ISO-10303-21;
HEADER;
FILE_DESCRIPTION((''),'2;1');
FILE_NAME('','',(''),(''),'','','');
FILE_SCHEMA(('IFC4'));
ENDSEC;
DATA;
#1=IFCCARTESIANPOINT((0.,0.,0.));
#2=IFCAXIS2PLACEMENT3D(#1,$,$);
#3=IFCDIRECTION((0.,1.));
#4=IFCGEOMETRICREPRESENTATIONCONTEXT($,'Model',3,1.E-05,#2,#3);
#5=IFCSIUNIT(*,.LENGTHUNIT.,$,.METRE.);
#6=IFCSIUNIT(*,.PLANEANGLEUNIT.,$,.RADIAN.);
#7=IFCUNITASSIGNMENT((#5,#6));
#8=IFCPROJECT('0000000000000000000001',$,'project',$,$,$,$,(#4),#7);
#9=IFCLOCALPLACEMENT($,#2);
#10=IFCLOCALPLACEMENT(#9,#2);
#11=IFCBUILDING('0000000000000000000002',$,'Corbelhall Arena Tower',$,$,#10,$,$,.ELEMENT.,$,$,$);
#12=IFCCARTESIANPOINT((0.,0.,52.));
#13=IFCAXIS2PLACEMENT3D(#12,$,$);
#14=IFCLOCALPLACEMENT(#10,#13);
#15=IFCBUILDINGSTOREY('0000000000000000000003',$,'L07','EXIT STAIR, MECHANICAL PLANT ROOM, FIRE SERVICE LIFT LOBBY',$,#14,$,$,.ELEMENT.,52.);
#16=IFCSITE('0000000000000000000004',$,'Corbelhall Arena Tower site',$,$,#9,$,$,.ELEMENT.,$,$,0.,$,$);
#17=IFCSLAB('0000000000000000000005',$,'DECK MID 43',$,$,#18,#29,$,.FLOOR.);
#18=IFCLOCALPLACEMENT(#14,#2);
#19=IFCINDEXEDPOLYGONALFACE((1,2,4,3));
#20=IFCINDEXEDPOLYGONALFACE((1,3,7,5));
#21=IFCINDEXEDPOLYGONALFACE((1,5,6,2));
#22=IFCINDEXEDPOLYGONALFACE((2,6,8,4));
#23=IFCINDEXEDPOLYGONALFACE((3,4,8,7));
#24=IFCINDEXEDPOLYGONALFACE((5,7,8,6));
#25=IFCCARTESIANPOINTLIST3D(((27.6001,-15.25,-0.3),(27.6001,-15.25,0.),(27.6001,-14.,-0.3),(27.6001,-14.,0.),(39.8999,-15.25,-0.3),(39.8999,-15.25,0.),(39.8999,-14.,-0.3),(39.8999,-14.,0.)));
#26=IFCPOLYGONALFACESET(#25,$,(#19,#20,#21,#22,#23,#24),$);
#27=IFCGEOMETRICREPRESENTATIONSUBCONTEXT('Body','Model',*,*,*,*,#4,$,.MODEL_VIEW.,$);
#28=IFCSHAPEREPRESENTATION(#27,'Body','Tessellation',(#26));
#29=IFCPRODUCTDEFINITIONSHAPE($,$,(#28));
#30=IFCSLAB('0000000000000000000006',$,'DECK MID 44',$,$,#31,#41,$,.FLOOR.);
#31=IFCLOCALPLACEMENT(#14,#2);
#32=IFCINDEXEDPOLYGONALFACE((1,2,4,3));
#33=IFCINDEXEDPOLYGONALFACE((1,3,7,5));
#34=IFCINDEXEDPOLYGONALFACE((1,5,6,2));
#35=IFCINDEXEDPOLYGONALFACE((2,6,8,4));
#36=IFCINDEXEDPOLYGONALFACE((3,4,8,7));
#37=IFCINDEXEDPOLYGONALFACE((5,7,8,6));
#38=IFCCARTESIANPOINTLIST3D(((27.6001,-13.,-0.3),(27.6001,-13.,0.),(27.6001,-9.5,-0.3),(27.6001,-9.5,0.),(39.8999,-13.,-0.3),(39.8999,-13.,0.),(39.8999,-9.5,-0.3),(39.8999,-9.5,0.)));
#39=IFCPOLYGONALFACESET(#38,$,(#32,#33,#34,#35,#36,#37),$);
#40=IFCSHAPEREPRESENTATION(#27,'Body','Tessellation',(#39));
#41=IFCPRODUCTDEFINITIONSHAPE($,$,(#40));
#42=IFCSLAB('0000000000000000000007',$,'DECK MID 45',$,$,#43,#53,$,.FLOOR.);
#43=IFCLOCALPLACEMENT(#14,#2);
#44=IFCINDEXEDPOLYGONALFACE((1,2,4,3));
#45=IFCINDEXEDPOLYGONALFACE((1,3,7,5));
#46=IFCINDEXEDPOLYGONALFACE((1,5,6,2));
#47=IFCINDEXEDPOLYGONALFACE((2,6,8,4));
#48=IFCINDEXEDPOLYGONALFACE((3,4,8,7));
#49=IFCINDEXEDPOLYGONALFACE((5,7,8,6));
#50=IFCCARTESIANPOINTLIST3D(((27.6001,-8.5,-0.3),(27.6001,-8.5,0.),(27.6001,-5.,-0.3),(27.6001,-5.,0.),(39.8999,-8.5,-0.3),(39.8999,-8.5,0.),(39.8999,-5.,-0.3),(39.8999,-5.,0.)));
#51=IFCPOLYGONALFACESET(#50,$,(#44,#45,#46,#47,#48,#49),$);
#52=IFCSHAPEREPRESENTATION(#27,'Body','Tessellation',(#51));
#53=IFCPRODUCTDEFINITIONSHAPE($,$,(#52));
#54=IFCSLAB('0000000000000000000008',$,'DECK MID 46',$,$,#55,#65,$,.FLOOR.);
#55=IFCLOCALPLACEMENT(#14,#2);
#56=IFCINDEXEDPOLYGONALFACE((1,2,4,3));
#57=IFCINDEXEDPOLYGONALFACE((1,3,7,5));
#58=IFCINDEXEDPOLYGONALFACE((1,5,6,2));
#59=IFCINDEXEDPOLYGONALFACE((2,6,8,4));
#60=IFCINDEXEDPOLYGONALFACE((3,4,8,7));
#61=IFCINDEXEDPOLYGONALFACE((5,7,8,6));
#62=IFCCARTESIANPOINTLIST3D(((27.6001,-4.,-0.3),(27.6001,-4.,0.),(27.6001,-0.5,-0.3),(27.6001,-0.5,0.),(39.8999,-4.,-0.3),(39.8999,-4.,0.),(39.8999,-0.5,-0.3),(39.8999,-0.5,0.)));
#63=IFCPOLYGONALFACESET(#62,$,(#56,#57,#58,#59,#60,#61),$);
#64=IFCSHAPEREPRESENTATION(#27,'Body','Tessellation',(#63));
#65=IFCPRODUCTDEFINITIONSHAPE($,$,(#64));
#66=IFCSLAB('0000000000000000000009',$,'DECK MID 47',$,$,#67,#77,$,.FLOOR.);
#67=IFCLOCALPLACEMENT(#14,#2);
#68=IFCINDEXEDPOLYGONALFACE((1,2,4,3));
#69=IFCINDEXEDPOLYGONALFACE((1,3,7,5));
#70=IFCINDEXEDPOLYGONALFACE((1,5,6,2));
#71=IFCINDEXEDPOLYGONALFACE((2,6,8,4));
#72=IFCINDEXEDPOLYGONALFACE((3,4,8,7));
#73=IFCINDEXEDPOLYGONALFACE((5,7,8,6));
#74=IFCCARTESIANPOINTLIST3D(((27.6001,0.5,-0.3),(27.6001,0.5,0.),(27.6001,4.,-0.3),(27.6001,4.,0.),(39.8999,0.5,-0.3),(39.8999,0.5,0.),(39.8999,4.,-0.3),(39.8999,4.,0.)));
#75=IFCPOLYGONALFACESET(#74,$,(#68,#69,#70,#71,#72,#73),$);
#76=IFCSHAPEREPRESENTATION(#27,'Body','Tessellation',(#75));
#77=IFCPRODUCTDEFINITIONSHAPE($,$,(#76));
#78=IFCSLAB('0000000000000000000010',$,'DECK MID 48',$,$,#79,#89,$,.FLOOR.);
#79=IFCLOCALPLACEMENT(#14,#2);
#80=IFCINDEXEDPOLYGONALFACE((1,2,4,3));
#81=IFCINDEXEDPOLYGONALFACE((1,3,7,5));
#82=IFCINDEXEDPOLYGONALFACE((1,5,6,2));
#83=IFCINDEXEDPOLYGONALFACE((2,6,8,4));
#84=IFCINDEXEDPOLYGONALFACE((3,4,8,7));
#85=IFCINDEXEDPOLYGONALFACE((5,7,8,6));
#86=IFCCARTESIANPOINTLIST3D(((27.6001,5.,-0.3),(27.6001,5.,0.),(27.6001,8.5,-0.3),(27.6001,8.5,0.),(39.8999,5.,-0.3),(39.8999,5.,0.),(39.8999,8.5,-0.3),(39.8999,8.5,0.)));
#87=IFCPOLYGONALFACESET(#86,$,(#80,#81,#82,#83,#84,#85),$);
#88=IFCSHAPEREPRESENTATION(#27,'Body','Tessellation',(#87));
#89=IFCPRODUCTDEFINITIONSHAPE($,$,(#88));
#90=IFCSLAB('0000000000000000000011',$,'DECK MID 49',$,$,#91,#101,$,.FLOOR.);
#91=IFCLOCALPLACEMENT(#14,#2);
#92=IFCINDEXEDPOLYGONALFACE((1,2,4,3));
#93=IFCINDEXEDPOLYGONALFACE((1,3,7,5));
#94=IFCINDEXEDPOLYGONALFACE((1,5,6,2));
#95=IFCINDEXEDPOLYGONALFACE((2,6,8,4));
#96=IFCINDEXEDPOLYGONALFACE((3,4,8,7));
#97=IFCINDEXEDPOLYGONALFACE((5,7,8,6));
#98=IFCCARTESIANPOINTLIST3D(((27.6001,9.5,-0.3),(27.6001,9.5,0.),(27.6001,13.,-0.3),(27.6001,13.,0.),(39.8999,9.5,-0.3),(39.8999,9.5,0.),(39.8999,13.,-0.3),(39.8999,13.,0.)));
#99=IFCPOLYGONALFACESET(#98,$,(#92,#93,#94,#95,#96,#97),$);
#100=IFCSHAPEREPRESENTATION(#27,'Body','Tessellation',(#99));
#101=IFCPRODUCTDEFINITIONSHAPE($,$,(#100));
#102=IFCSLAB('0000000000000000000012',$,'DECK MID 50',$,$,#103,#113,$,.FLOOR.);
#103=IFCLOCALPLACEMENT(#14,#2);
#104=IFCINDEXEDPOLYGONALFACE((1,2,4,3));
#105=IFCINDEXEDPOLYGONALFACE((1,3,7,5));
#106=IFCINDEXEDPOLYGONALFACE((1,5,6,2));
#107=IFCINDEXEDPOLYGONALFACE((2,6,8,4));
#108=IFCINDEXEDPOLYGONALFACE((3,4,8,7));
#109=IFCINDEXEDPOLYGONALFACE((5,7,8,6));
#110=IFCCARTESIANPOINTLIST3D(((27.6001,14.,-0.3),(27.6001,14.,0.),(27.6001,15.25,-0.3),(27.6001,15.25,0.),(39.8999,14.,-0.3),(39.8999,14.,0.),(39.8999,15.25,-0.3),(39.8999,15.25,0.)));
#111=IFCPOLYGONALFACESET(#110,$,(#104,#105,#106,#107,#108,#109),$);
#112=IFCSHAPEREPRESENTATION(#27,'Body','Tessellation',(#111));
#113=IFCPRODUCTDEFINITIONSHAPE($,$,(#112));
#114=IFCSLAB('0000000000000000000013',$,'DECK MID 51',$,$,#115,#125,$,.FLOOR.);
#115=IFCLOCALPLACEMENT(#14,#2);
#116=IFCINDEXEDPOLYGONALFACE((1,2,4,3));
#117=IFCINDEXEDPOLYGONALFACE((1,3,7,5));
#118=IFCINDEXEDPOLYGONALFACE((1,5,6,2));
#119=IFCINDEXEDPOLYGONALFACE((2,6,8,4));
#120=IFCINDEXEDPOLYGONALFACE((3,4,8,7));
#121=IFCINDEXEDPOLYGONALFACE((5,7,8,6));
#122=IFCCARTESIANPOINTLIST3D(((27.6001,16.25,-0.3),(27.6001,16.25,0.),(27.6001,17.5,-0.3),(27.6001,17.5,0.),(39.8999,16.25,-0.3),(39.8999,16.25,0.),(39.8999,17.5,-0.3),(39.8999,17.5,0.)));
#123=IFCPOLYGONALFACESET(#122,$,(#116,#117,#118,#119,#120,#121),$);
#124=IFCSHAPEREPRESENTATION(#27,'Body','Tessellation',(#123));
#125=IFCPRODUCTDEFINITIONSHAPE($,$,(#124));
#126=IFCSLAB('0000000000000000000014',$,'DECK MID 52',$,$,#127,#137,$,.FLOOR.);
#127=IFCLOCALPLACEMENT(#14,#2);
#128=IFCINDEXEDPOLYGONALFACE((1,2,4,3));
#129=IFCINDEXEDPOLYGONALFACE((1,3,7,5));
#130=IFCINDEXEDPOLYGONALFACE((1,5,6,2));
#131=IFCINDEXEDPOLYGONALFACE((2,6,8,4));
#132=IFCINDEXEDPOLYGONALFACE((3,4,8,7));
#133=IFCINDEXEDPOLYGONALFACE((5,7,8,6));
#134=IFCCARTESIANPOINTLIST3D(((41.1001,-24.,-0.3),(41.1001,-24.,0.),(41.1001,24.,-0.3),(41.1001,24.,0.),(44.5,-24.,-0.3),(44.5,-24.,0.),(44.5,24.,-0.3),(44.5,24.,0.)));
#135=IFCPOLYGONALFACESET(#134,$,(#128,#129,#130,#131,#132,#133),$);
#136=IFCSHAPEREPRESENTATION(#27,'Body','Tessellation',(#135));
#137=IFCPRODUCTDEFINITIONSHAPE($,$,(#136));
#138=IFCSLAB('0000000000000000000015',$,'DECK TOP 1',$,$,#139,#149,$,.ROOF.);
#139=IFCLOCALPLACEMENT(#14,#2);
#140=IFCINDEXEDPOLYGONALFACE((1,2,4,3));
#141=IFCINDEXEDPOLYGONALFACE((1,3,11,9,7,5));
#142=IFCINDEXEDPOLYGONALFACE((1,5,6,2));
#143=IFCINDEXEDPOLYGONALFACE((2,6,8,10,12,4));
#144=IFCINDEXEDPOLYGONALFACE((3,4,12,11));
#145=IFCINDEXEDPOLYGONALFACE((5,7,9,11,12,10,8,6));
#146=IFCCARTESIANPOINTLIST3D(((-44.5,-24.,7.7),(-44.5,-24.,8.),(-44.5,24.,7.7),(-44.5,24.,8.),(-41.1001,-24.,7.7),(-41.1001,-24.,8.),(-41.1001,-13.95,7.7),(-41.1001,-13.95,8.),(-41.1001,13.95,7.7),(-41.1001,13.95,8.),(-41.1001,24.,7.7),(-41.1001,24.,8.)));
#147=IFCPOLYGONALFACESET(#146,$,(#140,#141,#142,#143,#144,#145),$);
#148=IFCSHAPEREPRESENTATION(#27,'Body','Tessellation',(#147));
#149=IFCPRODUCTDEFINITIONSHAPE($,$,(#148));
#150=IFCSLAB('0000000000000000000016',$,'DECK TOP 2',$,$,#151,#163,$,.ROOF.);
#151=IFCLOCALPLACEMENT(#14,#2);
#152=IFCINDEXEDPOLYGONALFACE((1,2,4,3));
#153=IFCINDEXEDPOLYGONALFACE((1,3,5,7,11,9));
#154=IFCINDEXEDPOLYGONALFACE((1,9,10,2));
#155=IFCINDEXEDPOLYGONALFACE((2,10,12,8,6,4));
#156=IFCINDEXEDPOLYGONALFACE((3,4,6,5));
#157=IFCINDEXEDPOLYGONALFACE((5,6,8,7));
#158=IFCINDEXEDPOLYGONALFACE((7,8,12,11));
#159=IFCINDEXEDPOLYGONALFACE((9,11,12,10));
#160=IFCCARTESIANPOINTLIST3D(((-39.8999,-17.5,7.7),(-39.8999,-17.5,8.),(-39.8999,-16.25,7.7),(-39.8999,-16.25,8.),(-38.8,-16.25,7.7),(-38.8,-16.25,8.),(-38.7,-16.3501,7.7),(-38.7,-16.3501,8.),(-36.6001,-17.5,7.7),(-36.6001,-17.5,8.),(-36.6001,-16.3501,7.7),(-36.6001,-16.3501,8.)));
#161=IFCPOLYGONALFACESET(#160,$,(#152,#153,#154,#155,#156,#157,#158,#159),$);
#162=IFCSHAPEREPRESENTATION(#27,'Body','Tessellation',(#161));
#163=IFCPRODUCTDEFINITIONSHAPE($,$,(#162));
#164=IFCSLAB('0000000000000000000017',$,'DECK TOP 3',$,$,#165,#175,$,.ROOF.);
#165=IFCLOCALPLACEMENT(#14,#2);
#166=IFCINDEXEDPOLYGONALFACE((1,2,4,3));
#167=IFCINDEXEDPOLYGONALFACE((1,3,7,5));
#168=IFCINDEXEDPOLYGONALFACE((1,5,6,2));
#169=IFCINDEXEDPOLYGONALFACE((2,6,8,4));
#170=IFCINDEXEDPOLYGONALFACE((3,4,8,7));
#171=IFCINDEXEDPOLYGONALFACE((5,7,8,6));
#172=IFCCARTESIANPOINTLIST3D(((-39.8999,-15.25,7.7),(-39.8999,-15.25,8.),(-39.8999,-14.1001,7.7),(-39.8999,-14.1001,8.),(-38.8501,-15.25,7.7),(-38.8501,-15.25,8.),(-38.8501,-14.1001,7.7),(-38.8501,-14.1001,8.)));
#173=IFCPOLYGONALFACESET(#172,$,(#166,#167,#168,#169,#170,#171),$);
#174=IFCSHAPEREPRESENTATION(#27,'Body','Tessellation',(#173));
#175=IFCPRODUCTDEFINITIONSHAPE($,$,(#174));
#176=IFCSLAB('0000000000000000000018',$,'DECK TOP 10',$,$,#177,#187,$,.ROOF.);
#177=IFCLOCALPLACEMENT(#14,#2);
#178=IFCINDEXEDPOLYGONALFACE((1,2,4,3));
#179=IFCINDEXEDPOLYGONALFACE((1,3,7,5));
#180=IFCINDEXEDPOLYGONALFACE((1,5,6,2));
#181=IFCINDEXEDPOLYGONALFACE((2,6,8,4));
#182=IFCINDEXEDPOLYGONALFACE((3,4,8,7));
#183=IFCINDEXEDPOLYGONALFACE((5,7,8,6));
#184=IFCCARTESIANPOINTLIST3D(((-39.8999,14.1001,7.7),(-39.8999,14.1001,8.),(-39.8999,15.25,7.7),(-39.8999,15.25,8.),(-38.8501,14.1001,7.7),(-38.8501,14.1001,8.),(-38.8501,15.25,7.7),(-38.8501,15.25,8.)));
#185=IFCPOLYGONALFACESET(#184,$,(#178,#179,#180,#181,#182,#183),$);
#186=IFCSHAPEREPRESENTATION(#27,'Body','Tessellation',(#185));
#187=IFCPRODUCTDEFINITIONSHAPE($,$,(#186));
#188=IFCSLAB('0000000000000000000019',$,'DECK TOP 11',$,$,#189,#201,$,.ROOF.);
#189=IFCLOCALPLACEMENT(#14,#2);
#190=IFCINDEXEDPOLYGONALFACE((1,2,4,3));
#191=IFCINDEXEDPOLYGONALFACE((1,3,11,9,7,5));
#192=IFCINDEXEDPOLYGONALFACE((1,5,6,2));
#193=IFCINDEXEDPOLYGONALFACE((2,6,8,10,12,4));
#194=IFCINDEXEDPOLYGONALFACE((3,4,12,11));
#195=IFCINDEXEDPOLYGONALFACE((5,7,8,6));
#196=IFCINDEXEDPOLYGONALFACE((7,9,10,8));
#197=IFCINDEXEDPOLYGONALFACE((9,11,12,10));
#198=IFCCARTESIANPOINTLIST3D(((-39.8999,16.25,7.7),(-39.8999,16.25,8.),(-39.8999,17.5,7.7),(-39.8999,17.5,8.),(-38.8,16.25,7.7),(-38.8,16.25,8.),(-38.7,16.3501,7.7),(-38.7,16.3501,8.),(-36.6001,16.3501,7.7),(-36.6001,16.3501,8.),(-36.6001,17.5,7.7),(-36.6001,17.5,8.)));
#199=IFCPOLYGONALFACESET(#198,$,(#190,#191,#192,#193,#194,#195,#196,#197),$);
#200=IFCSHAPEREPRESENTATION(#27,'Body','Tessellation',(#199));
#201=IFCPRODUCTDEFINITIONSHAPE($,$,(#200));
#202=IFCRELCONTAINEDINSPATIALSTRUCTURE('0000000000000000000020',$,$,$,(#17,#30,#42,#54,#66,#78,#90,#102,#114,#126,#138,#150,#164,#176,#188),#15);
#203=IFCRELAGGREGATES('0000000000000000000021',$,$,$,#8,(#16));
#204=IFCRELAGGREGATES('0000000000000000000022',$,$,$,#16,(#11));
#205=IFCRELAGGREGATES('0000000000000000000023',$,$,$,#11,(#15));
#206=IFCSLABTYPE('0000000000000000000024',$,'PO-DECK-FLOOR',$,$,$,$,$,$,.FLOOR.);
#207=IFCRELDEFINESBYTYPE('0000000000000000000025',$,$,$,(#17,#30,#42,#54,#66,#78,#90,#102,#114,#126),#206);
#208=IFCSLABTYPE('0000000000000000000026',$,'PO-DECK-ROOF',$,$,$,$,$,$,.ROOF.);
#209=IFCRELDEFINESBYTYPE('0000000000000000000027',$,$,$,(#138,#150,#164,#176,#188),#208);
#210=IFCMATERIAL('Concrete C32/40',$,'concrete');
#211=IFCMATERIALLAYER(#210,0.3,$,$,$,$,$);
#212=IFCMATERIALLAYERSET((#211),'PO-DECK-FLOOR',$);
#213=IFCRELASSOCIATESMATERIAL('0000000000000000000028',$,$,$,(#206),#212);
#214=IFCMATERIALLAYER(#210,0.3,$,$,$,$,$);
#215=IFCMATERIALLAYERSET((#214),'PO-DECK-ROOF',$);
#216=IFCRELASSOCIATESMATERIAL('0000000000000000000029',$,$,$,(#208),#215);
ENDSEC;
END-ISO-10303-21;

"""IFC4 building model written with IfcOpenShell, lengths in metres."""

from ifc_helpers import new_model, si_unit, direction, frame, origin, place, context, subcontext, project, spatial, polyline, outline, extrude, material, layer, layer_set, type_object, element, save


model = new_model("IFC4")

# Units and contexts
model_context = context("Model", 3, precision=1e-05, world=origin(), true_north=direction((0.0, 1.0)))
body_context = subcontext(model_context, "Body", "Model", "MODEL_VIEW")
ifc_project = project(units=[si_unit("LENGTHUNIT", "METRE"), si_unit("PLANEANGLEUNIT", "RADIAN")], contexts=[model_context])

# Site, building, storey
site_placement = place(None, origin())
site = spatial("IfcSite", under=ifc_project, at=site_placement, Name="Corbelhall Arena Tower site", CompositionType="ELEMENT", RefElevation=0.0)
building_placement = place(site_placement, origin())
building = spatial("IfcBuilding", under=site, at=building_placement, Name="Corbelhall Arena Tower", CompositionType="ELEMENT")
storey_placement = place(building_placement, frame((0.0, 0.0, 52.0)))
storey = spatial("IfcBuildingStorey", under=building, at=storey_placement, Name="L07", Description="EXIT STAIR, MECHANICAL PLANT ROOM, FIRE SERVICE LIFT LOBBY", CompositionType="ELEMENT", Elevation=52.0)

# Slabs
ifc_material = material(Name="Concrete C32/40", Category="concrete")
ifc_layer_1 = layer(ifc_material, 0.3)
ifc_layer_set_1 = layer_set([ifc_layer_1], Name="PO-DECK-FLOOR")
slab_type_1 = type_object("IfcSlabType", Name="PO-DECK-FLOOR", PredefinedType="FLOOR", material=ifc_layer_set_1)
slab_1_placement = place(storey_placement, frame((0.0, 0.0, -0.3)))
element("IfcSlab", 1, at=slab_1_placement, inside=storey, type_object=slab_type_1, Name="DECK MID 43", PredefinedType="FLOOR", context=body_context, shape_type="SweptSolid", body=[
    extrude(outline(polyline([(27.6001, -15.25), (27.6001, -14.0), (39.8999, -14.0), (39.8999, -15.25), (27.6001, -15.25)])), origin(), (0.0, 0.0, 1.0), 0.3),
])
slab_2_placement = place(storey_placement, frame((0.0, 0.0, -0.3)))
element("IfcSlab", 2, at=slab_2_placement, inside=storey, type_object=slab_type_1, Name="DECK MID 44", PredefinedType="FLOOR", context=body_context, shape_type="SweptSolid", body=[
    extrude(outline(polyline([(27.6001, -13.0), (27.6001, -9.5), (39.8999, -9.5), (39.8999, -13.0), (27.6001, -13.0)])), origin(), (0.0, 0.0, 1.0), 0.3),
])
slab_3_placement = place(storey_placement, frame((0.0, 0.0, -0.3)))
element("IfcSlab", 3, at=slab_3_placement, inside=storey, type_object=slab_type_1, Name="DECK MID 45", PredefinedType="FLOOR", context=body_context, shape_type="SweptSolid", body=[
    extrude(outline(polyline([(27.6001, -8.5), (27.6001, -5.0), (39.8999, -5.0), (39.8999, -8.5), (27.6001, -8.5)])), origin(), (0.0, 0.0, 1.0), 0.3),
])
slab_4_placement = place(storey_placement, frame((0.0, 0.0, -0.3)))
element("IfcSlab", 4, at=slab_4_placement, inside=storey, type_object=slab_type_1, Name="DECK MID 46", PredefinedType="FLOOR", context=body_context, shape_type="SweptSolid", body=[
    extrude(outline(polyline([(27.6001, -4.0), (27.6001, -0.5), (39.8999, -0.5), (39.8999, -4.0), (27.6001, -4.0)])), origin(), (0.0, 0.0, 1.0), 0.3),
])
slab_5_placement = place(storey_placement, frame((0.0, 0.0, -0.3)))
element("IfcSlab", 5, at=slab_5_placement, inside=storey, type_object=slab_type_1, Name="DECK MID 47", PredefinedType="FLOOR", context=body_context, shape_type="SweptSolid", body=[
    extrude(outline(polyline([(39.8999, 0.5), (27.6001, 0.5), (27.6001, 4.0), (39.8999, 4.0), (39.8999, 0.5)])), origin(), (0.0, 0.0, 1.0), 0.3),
])
slab_6_placement = place(storey_placement, frame((0.0, 0.0, -0.3)))
element("IfcSlab", 6, at=slab_6_placement, inside=storey, type_object=slab_type_1, Name="DECK MID 48", PredefinedType="FLOOR", context=body_context, shape_type="SweptSolid", body=[
    extrude(outline(polyline([(39.8999, 5.0), (27.6001, 5.0), (27.6001, 8.5), (39.8999, 8.5), (39.8999, 5.0)])), origin(), (0.0, 0.0, 1.0), 0.3),
])
slab_7_placement = place(storey_placement, frame((0.0, 0.0, -0.3)))
element("IfcSlab", 7, at=slab_7_placement, inside=storey, type_object=slab_type_1, Name="DECK MID 49", PredefinedType="FLOOR", context=body_context, shape_type="SweptSolid", body=[
    extrude(outline(polyline([(39.8999, 9.5), (27.6001, 9.5), (27.6001, 13.0), (39.8999, 13.0), (39.8999, 9.5)])), origin(), (0.0, 0.0, 1.0), 0.3),
])
slab_8_placement = place(storey_placement, frame((0.0, 0.0, -0.3)))
element("IfcSlab", 8, at=slab_8_placement, inside=storey, type_object=slab_type_1, Name="DECK MID 50", PredefinedType="FLOOR", context=body_context, shape_type="SweptSolid", body=[
    extrude(outline(polyline([(39.8999, 14.0), (27.6001, 14.0), (27.6001, 15.25), (39.8999, 15.25), (39.8999, 14.0)])), origin(), (0.0, 0.0, 1.0), 0.3),
])
slab_9_placement = place(storey_placement, frame((0.0, 0.0, -0.3)))
element("IfcSlab", 9, at=slab_9_placement, inside=storey, type_object=slab_type_1, Name="DECK MID 51", PredefinedType="FLOOR", context=body_context, shape_type="SweptSolid", body=[
    extrude(outline(polyline([(39.8999, 16.25), (27.6001, 16.25), (27.6001, 17.5), (39.8999, 17.5), (39.8999, 16.25)])), origin(), (0.0, 0.0, 1.0), 0.3),
])
slab_10_placement = place(storey_placement, frame((0.0, 0.0, -0.3)))
element("IfcSlab", 10, at=slab_10_placement, inside=storey, type_object=slab_type_1, Name="DECK MID 52", PredefinedType="FLOOR", context=body_context, shape_type="SweptSolid", body=[
    extrude(outline(polyline([(44.5, -24.0), (41.1001, -24.0), (41.1001, 24.0), (44.5, 24.0), (44.5, -24.0)])), origin(), (0.0, 0.0, 1.0), 0.3),
])
ifc_layer_2 = layer(ifc_material, 0.3)
ifc_layer_set_2 = layer_set([ifc_layer_2], Name="PO-DECK-ROOF")
slab_type_2 = type_object("IfcSlabType", Name="PO-DECK-ROOF", PredefinedType="ROOF", material=ifc_layer_set_2)
slab_11_placement = place(storey_placement, frame((0.0, 0.0, 7.7)))
element("IfcSlab", 11, at=slab_11_placement, inside=storey, type_object=slab_type_2, Name="DECK TOP 1", PredefinedType="ROOF", context=body_context, shape_type="SweptSolid", body=[
    extrude(outline(polyline([(-44.5, 24.0), (-41.1001, 24.0), (-41.1001, 13.95), (-41.1001, -13.95), (-41.1001, -24.0), (-44.5, -24.0), (-44.5, 24.0)])), origin(), (0.0, 0.0, 1.0), 0.3),
])
slab_12_placement = place(storey_placement, frame((0.0, 0.0, 7.7)))
element("IfcSlab", 12, at=slab_12_placement, inside=storey, type_object=slab_type_2, Name="DECK TOP 2", PredefinedType="ROOF", context=body_context, shape_type="SweptSolid", body=[
    extrude(outline(polyline([(-39.8999, -17.5), (-39.8999, -16.25), (-38.8, -16.25), (-38.7, -16.3501), (-36.6001, -16.3501), (-36.6001, -17.5), (-39.8999, -17.5)])), origin(), (0.0, 0.0, 1.0), 0.3),
])
slab_13_placement = place(storey_placement, frame((0.0, 0.0, 7.7)))
element("IfcSlab", 13, at=slab_13_placement, inside=storey, type_object=slab_type_2, Name="DECK TOP 3", PredefinedType="ROOF", context=body_context, shape_type="SweptSolid", body=[
    extrude(outline(polyline([(-39.8999, -15.25), (-39.8999, -14.1001), (-38.8501, -14.1001), (-38.8501, -15.25), (-39.8999, -15.25)])), origin(), (0.0, 0.0, 1.0), 0.3),
])
slab_14_placement = place(storey_placement, frame((0.0, 0.0, 7.7)))
element("IfcSlab", 14, at=slab_14_placement, inside=storey, type_object=slab_type_2, Name="DECK TOP 10", PredefinedType="ROOF", context=body_context, shape_type="SweptSolid", body=[
    extrude(outline(polyline([(-39.8999, 15.25), (-38.8501, 15.25), (-38.8501, 14.1001), (-39.8999, 14.1001), (-39.8999, 15.25)])), origin(), (0.0, 0.0, 1.0), 0.3),
])
slab_15_placement = place(storey_placement, frame((0.0, 0.0, 7.7)))
element("IfcSlab", 15, at=slab_15_placement, inside=storey, type_object=slab_type_2, Name="DECK TOP 11", PredefinedType="ROOF", context=body_context, shape_type="SweptSolid", body=[
    extrude(outline(polyline([(-39.8999, 17.5), (-36.6001, 17.5), (-36.6001, 16.3501), (-38.7, 16.3501), (-38.8, 16.25), (-39.8999, 16.25), (-39.8999, 17.5)])), origin(), (0.0, 0.0, 1.0), 0.3),
])

save(model, "model.ifc")
